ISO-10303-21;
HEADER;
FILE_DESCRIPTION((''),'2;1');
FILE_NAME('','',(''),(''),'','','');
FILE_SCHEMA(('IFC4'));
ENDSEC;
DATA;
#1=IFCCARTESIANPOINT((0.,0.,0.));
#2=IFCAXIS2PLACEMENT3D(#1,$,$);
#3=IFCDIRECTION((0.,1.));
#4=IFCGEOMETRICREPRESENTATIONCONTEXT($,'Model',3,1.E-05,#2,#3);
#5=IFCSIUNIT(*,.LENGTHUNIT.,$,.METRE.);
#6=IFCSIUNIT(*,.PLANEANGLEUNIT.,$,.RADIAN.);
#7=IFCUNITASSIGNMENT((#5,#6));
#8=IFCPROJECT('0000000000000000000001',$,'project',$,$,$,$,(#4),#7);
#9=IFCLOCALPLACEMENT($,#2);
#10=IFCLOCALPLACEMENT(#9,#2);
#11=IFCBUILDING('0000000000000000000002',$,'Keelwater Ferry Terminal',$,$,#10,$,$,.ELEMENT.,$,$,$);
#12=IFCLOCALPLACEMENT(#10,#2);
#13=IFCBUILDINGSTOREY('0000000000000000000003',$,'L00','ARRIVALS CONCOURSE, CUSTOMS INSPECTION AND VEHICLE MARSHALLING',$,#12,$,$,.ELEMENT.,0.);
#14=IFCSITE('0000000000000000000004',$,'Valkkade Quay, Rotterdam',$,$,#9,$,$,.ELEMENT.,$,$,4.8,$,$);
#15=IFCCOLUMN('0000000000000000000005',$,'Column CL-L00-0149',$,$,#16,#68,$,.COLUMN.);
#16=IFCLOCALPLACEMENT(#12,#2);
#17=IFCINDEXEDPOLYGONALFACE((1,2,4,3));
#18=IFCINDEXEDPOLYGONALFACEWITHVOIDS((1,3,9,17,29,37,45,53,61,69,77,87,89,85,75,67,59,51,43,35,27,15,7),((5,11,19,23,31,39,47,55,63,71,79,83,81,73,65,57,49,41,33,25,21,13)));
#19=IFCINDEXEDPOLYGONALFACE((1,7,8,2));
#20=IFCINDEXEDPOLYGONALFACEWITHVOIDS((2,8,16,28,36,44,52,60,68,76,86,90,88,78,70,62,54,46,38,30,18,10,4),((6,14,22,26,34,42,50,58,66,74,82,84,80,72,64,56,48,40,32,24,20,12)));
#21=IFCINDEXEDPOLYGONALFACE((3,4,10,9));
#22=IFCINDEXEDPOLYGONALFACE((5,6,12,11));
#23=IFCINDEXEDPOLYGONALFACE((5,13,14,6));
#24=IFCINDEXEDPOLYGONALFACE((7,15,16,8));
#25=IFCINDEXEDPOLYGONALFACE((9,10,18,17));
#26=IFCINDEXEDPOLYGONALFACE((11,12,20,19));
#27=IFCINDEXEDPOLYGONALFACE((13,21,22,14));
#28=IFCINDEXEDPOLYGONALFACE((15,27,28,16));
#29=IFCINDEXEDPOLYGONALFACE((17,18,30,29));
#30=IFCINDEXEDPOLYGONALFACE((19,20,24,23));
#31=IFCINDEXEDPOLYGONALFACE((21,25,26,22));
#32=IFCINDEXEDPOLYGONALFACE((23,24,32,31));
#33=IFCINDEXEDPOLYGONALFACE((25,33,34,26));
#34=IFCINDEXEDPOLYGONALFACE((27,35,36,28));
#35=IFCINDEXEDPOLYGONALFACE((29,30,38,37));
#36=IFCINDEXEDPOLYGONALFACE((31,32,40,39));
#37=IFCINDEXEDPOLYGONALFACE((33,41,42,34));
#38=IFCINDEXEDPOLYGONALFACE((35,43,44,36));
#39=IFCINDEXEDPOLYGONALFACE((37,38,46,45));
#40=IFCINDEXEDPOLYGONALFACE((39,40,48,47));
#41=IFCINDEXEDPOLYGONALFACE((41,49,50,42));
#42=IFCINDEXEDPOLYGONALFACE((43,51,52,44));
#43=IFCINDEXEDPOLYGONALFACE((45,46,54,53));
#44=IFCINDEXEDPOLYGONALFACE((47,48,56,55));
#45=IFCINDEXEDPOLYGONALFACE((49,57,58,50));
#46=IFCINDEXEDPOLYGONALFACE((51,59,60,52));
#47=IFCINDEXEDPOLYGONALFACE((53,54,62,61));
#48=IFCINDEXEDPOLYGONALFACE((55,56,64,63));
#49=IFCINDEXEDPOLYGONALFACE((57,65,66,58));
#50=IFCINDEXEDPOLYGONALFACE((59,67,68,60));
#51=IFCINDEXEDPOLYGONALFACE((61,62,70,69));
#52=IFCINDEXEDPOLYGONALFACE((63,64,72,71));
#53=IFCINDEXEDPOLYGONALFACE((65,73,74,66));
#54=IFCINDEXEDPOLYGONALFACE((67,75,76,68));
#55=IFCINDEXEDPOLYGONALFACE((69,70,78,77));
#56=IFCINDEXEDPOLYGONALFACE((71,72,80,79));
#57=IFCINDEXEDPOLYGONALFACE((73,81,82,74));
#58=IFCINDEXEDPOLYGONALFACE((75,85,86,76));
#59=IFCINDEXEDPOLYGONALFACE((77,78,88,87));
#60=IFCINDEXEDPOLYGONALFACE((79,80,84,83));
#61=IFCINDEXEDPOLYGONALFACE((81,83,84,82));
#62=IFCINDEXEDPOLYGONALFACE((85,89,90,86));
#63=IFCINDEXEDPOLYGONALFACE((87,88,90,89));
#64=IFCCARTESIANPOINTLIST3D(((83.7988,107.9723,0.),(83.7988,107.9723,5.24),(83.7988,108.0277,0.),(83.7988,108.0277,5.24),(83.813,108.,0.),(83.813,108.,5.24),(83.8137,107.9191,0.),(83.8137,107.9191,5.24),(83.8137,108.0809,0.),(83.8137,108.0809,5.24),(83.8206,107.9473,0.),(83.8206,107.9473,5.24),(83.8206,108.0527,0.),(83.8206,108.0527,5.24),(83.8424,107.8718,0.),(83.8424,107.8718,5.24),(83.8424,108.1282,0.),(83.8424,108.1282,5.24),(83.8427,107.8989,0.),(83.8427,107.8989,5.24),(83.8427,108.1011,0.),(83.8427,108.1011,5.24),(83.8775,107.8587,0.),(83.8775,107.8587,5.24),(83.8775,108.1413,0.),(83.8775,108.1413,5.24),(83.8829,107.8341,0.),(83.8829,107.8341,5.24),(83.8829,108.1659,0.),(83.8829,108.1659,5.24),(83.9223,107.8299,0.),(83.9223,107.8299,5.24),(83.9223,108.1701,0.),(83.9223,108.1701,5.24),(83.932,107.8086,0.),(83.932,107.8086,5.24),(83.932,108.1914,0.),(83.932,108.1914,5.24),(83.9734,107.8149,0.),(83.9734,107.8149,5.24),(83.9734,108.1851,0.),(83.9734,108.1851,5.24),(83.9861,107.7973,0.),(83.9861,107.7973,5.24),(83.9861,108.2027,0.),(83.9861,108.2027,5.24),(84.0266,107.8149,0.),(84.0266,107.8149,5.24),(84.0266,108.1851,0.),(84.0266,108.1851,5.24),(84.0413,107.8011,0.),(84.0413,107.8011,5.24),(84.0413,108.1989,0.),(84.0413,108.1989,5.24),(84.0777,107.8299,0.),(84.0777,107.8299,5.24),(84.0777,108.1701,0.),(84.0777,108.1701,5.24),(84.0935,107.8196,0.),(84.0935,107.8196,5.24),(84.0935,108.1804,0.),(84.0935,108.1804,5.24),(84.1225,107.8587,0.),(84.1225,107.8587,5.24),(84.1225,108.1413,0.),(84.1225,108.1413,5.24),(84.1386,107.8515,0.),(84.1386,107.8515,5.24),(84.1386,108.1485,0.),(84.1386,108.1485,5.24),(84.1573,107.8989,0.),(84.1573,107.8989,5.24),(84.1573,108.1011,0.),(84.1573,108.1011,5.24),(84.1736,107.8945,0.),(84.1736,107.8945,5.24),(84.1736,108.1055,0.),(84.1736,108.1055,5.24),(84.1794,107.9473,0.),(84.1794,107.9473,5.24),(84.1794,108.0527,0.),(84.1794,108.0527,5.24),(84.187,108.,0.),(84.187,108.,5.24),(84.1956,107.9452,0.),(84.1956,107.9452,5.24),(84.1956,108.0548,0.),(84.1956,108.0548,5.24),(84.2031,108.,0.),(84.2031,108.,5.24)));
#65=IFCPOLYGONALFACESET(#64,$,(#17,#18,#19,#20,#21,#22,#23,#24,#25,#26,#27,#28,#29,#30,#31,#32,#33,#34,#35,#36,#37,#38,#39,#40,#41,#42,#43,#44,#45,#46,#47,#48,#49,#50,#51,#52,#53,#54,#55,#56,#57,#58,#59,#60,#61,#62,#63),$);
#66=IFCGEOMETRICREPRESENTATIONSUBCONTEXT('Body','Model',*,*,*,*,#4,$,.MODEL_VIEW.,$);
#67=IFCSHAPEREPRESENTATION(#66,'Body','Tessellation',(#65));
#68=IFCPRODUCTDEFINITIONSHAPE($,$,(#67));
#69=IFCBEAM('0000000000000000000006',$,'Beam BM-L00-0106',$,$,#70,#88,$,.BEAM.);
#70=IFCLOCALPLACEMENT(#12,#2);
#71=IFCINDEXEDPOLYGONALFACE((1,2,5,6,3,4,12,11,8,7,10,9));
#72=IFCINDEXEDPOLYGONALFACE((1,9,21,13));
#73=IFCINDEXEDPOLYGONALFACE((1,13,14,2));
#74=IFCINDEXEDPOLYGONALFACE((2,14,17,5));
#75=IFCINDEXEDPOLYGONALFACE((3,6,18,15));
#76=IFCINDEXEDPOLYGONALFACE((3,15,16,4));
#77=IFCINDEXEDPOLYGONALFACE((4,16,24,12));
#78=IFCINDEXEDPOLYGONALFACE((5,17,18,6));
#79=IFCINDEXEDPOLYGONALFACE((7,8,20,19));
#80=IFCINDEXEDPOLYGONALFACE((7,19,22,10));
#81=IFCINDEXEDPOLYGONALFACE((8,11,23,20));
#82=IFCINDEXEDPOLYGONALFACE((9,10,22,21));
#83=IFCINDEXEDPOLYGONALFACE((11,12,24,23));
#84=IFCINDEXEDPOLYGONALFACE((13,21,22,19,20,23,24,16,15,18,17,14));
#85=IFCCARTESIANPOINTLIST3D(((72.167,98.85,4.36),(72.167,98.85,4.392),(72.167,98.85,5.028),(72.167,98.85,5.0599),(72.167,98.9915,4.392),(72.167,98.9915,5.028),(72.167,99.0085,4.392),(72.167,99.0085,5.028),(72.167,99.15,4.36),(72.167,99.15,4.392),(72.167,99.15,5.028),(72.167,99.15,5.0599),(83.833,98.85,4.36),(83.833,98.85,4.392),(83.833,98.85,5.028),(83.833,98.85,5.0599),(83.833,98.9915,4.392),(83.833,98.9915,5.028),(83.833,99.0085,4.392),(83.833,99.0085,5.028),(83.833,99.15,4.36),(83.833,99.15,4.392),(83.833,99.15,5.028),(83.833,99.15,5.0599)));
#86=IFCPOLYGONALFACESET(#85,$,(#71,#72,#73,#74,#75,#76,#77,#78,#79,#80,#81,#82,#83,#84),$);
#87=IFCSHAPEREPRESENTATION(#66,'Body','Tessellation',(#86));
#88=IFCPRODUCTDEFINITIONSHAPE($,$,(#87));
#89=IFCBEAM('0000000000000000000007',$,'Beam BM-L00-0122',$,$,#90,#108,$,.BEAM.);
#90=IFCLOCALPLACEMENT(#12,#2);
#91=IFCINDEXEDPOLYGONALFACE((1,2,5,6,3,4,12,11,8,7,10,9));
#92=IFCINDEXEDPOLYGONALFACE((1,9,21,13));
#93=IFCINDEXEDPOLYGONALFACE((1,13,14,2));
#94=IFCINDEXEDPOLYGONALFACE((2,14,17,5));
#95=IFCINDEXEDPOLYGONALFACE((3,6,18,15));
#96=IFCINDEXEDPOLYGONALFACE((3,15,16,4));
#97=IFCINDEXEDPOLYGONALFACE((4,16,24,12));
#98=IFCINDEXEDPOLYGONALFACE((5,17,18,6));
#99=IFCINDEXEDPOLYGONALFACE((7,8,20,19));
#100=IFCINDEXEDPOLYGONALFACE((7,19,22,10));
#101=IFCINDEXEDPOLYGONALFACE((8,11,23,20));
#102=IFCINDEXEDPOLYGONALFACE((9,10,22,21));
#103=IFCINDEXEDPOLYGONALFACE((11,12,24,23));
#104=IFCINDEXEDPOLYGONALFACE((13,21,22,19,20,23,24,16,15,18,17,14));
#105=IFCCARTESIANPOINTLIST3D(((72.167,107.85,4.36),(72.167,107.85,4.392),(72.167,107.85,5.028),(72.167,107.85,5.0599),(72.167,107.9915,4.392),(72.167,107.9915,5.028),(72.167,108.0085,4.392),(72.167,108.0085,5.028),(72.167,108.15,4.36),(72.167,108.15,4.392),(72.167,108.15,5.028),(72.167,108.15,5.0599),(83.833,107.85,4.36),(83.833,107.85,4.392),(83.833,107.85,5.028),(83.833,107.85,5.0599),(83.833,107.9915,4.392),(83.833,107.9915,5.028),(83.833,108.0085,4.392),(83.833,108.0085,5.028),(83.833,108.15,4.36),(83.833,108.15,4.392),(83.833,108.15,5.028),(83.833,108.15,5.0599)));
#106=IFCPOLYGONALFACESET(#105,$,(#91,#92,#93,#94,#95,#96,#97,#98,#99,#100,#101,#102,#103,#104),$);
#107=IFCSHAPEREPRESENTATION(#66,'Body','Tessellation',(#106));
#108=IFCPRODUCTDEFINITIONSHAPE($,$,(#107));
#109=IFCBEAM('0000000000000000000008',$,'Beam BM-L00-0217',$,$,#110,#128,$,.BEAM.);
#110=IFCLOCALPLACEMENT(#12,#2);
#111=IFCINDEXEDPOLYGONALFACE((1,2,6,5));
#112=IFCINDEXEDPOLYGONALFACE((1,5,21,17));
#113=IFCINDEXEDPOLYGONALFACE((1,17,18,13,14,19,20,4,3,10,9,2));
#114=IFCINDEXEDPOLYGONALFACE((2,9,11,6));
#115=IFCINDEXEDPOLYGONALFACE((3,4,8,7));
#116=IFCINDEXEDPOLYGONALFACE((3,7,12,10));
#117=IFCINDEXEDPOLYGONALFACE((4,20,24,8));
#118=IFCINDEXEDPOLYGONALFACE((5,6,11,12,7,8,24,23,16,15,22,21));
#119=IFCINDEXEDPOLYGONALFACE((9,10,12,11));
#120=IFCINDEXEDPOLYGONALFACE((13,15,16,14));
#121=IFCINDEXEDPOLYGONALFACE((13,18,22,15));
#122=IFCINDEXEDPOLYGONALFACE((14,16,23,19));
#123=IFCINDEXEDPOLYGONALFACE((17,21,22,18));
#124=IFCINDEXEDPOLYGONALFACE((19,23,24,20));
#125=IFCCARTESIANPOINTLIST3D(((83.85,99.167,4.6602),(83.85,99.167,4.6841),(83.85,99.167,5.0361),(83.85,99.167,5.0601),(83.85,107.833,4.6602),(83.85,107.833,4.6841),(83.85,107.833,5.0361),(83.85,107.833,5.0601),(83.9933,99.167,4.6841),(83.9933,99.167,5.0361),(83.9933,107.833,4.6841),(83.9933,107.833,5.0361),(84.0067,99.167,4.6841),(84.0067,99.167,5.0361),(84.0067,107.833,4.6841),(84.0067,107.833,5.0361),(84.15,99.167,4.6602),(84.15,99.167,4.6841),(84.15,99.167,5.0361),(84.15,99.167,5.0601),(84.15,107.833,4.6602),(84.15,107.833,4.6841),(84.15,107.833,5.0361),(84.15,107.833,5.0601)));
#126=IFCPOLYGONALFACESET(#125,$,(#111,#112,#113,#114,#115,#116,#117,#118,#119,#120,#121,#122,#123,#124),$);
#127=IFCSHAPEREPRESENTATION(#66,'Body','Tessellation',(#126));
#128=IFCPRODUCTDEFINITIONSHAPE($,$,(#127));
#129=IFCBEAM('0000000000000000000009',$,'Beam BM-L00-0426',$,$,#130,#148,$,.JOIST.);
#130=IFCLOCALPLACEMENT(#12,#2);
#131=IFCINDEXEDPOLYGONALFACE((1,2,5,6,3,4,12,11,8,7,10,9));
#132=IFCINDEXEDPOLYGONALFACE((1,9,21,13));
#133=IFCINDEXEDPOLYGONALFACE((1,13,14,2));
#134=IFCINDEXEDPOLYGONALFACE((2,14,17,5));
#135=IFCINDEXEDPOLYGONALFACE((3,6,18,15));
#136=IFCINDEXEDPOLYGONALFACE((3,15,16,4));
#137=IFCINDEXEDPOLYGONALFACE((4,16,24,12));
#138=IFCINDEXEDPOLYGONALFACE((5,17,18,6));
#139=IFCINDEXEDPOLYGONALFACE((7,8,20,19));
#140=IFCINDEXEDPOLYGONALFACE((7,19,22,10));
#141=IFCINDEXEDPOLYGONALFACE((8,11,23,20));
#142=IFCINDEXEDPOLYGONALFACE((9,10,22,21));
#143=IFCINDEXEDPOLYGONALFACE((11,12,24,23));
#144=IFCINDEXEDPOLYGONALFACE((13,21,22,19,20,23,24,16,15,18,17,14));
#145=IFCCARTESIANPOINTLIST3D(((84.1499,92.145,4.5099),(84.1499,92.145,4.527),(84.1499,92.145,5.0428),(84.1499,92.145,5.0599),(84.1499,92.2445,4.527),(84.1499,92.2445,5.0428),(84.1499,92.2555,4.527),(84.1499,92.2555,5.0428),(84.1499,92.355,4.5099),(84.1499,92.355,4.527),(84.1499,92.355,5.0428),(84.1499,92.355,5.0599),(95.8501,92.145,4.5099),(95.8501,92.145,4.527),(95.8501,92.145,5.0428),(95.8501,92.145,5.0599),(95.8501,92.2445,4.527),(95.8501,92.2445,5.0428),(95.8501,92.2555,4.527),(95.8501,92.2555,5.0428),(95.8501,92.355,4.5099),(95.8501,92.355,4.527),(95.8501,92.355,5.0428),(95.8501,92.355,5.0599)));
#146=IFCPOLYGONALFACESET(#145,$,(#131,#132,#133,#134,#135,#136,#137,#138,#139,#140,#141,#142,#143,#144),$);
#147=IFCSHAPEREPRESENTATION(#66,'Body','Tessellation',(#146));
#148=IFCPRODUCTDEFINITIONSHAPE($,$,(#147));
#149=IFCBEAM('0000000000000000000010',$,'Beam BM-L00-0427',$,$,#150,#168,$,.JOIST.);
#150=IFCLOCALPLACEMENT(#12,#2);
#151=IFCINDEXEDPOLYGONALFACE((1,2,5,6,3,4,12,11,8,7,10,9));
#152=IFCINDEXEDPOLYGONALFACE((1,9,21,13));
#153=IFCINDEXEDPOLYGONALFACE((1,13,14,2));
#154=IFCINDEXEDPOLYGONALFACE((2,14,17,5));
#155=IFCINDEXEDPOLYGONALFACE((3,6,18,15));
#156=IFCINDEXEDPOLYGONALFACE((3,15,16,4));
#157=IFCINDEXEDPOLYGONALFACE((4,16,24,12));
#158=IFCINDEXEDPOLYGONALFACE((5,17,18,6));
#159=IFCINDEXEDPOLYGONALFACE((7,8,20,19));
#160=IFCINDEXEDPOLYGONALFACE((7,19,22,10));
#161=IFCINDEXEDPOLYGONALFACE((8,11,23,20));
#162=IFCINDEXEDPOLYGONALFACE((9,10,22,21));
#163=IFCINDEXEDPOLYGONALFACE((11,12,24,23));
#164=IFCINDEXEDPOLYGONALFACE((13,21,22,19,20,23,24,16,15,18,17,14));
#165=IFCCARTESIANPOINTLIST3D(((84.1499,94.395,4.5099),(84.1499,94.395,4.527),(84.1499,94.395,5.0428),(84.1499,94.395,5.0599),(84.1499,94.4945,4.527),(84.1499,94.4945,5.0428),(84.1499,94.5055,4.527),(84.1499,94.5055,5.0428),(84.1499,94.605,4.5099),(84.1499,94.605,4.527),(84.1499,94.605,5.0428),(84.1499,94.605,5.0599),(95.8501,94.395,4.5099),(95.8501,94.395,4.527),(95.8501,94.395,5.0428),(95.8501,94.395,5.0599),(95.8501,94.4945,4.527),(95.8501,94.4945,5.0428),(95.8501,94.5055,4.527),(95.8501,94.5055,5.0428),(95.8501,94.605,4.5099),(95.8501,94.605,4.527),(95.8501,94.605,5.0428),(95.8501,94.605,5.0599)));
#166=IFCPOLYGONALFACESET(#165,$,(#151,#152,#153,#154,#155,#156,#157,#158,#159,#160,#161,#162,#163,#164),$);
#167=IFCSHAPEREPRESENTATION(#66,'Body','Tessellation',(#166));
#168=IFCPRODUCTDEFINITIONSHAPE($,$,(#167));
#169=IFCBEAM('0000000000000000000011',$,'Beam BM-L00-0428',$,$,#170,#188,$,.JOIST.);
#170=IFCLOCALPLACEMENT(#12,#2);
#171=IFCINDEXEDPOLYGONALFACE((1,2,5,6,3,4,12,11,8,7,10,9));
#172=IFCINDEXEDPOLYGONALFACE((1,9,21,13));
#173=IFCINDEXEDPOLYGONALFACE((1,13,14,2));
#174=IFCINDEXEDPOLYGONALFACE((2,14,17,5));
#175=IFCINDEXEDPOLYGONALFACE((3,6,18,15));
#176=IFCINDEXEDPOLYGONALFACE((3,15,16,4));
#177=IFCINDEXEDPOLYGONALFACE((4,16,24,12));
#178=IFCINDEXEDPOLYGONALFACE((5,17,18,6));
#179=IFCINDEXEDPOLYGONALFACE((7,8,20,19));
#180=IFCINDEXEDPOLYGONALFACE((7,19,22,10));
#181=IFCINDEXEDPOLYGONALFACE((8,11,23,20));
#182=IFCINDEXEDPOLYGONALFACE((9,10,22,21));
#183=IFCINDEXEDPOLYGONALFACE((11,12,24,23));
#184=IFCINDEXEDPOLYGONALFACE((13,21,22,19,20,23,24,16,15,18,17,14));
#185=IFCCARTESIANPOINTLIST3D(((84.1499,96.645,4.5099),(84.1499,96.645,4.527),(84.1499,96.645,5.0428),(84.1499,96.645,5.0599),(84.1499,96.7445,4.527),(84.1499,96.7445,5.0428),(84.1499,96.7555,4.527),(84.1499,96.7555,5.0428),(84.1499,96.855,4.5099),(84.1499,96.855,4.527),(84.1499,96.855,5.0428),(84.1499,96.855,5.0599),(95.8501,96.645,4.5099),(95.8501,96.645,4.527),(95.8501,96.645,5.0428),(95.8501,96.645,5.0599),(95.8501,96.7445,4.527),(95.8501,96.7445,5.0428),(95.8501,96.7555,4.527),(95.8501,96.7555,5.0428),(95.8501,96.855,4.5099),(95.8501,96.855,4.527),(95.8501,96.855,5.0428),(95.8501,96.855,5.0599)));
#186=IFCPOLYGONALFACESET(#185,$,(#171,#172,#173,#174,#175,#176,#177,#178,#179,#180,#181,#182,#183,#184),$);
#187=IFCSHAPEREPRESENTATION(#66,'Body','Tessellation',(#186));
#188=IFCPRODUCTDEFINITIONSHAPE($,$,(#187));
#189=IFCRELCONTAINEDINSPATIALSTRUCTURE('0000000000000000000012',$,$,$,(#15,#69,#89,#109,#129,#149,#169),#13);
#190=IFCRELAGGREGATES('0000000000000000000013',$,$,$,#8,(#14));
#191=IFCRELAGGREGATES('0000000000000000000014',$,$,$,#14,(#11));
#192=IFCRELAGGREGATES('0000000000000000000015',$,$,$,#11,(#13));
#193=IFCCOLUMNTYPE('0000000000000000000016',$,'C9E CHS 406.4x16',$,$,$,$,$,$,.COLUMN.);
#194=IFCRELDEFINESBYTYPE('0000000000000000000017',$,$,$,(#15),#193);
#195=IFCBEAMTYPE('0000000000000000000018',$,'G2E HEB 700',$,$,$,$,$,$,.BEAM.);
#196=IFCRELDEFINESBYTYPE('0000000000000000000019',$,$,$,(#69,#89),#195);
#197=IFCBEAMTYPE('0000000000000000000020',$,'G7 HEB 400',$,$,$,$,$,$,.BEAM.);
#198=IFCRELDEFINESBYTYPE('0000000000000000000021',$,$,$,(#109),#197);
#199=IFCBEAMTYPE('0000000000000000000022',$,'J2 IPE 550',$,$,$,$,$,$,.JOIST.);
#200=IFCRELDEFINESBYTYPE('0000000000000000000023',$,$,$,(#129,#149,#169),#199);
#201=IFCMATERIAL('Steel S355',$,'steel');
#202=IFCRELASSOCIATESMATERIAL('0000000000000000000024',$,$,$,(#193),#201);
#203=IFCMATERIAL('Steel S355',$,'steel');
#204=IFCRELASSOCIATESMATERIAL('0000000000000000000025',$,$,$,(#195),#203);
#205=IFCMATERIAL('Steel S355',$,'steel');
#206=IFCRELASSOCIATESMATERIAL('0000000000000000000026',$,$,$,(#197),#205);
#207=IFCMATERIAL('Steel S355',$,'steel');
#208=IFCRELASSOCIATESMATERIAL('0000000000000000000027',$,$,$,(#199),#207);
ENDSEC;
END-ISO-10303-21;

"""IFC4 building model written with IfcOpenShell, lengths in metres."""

from ifc_helpers import new_model, si_unit, direction, frame, origin, origin_2d, place, context, subcontext, project, spatial, hollow_circle, i_section, extrude, material, material_profile, profile_set, type_object, element, save


model = new_model("IFC4")

# Units and contexts
model_context = context("Model", 3, precision=1e-05, world=origin(), true_north=direction((0.0, 1.0)))
body_context = subcontext(model_context, "Body", "Model", "MODEL_VIEW")
ifc_project = project(units=[si_unit("LENGTHUNIT", "METRE"), si_unit("PLANEANGLEUNIT", "RADIAN")], contexts=[model_context])

# Site, building, storey
site_placement = place(None, origin())
site = spatial("IfcSite", under=ifc_project, at=site_placement, Name="Valkkade Quay, Rotterdam", CompositionType="ELEMENT", RefElevation=4.8)
building_placement = place(site_placement, origin())
building = spatial("IfcBuilding", under=site, at=building_placement, Name="Keelwater Ferry Terminal", CompositionType="ELEMENT")
storey_placement = place(building_placement, origin())
storey = spatial("IfcBuildingStorey", under=building, at=storey_placement, Name="L00", Description="ARRIVALS CONCOURSE, CUSTOMS INSPECTION AND VEHICLE MARSHALLING", CompositionType="ELEMENT", Elevation=0.0)

# Column
ifc_material_1 = material(Name="Steel S355", Category="steel")
ifc_material_profile_1 = material_profile(ifc_material_1, hollow_circle(Radius=0.2031, WallThickness=0.0161, at=origin_2d()), Name="CHS 406.4x16")
ifc_profile_set_1 = profile_set([ifc_material_profile_1], Name="Steel S355")
column_type = type_object("IfcColumnType", Name="C9E CHS 406.4x16", PredefinedType="COLUMN", material=ifc_profile_set_1)
for number, where, z_axis, x_axis, name in (
    (1, (84.0, 108.0, 0.0), (0.0, 0.0, 1.0), (1.0, 0.0, 0.0), "Column CL-L00-0149"),
):
    element("IfcColumn", number, at=place(storey_placement, frame(where, z_axis=z_axis, x_axis=x_axis)), inside=storey, type_object=column_type, Name=name, PredefinedType="COLUMN", context=body_context, shape_type="SweptSolid", body=[
        extrude(hollow_circle(Radius=0.2031, WallThickness=0.0161, at=origin_2d()), origin(), (0.0, 0.0, 1.0), 5.24),
    ])

# Beams
ifc_material_2 = material(Name="Steel S355", Category="steel")
ifc_material_profile_2 = material_profile(ifc_material_2, i_section(OverallWidth=0.3, OverallDepth=0.7, WebThickness=0.0171, FlangeThickness=0.032, at=origin_2d()), Name="HEB 700")
ifc_profile_set_2 = profile_set([ifc_material_profile_2], Name="Steel S355")
beam_type_1 = type_object("IfcBeamType", Name="G2E HEB 700", PredefinedType="BEAM", material=ifc_profile_set_2)
for number, where, z_axis, x_axis, name in (
    (2, (72.167, 99.0, 4.71), (1.0, 0.0, 0.0), (0.0, 1.0, 0.0), "Beam BM-L00-0106"),
    (3, (72.167, 108.0, 4.71), (1.0, 0.0, 0.0), (0.0, 1.0, 0.0), "Beam BM-L00-0122"),
):
    element("IfcBeam", number, at=place(storey_placement, frame(where, z_axis=z_axis, x_axis=x_axis)), inside=storey, type_object=beam_type_1, Name=name, PredefinedType="BEAM", context=body_context, shape_type="SweptSolid", body=[
        extrude(i_section(OverallWidth=0.3, OverallDepth=0.7, WebThickness=0.0171, FlangeThickness=0.032, at=origin_2d()), origin(), (0.0, 0.0, 1.0), 11.666),
    ])
ifc_material_3 = material(Name="Steel S355", Category="steel")
ifc_material_profile_3 = material_profile(ifc_material_3, i_section(OverallWidth=0.3, OverallDepth=0.3999, WebThickness=0.0134, FlangeThickness=0.0239, at=origin_2d()), Name="HEB 400")
ifc_profile_set_3 = profile_set([ifc_material_profile_3], Name="Steel S355")
beam_type_2 = type_object("IfcBeamType", Name="G7 HEB 400", PredefinedType="BEAM", material=ifc_profile_set_3)
beam_1_placement = place(storey_placement, frame((84.0, 99.167, 4.8601), z_axis=(0.0, 1.0, 0.0), x_axis=(-1.0, 0.0, 0.0)))
element("IfcBeam", 4, at=beam_1_placement, inside=storey, type_object=beam_type_2, Name="Beam BM-L00-0217", PredefinedType="BEAM", context=body_context, shape_type="SweptSolid", body=[
    extrude(i_section(OverallWidth=0.3, OverallDepth=0.3999, WebThickness=0.0134, FlangeThickness=0.0239, at=origin_2d()), origin(), (0.0, 0.0, 1.0), 8.666),
])
ifc_material_4 = material(Name="Steel S355", Category="steel")
ifc_material_profile_4 = material_profile(ifc_material_4, i_section(OverallWidth=0.21, OverallDepth=0.55, WebThickness=0.011, FlangeThickness=0.0171, at=origin_2d()), Name="IPE 550")
ifc_profile_set_4 = profile_set([ifc_material_profile_4], Name="Steel S355")
beam_type_3 = type_object("IfcBeamType", Name="J2 IPE 550", PredefinedType="JOIST", material=ifc_profile_set_4)
for number, where, z_axis, x_axis, name in (
    (5, (84.1499, 92.25, 4.7849), (1.0, 0.0, 0.0), (0.0, 1.0, 0.0), "Beam BM-L00-0426"),
    (6, (84.1499, 94.5, 4.7849), (1.0, 0.0, 0.0), (0.0, 1.0, 0.0), "Beam BM-L00-0427"),
    (7, (84.1499, 96.75, 4.7849), (1.0, 0.0, 0.0), (0.0, 1.0, 0.0), "Beam BM-L00-0428"),
):
    element("IfcBeam", number, at=place(storey_placement, frame(where, z_axis=z_axis, x_axis=x_axis)), inside=storey, type_object=beam_type_3, Name=name, PredefinedType="JOIST", context=body_context, shape_type="SweptSolid", body=[
        extrude(i_section(OverallWidth=0.21, OverallDepth=0.55, WebThickness=0.011, FlangeThickness=0.0171, at=origin_2d()), origin(), (0.0, 0.0, 1.0), 11.7002),
    ])

save(model, "model.ifc")
